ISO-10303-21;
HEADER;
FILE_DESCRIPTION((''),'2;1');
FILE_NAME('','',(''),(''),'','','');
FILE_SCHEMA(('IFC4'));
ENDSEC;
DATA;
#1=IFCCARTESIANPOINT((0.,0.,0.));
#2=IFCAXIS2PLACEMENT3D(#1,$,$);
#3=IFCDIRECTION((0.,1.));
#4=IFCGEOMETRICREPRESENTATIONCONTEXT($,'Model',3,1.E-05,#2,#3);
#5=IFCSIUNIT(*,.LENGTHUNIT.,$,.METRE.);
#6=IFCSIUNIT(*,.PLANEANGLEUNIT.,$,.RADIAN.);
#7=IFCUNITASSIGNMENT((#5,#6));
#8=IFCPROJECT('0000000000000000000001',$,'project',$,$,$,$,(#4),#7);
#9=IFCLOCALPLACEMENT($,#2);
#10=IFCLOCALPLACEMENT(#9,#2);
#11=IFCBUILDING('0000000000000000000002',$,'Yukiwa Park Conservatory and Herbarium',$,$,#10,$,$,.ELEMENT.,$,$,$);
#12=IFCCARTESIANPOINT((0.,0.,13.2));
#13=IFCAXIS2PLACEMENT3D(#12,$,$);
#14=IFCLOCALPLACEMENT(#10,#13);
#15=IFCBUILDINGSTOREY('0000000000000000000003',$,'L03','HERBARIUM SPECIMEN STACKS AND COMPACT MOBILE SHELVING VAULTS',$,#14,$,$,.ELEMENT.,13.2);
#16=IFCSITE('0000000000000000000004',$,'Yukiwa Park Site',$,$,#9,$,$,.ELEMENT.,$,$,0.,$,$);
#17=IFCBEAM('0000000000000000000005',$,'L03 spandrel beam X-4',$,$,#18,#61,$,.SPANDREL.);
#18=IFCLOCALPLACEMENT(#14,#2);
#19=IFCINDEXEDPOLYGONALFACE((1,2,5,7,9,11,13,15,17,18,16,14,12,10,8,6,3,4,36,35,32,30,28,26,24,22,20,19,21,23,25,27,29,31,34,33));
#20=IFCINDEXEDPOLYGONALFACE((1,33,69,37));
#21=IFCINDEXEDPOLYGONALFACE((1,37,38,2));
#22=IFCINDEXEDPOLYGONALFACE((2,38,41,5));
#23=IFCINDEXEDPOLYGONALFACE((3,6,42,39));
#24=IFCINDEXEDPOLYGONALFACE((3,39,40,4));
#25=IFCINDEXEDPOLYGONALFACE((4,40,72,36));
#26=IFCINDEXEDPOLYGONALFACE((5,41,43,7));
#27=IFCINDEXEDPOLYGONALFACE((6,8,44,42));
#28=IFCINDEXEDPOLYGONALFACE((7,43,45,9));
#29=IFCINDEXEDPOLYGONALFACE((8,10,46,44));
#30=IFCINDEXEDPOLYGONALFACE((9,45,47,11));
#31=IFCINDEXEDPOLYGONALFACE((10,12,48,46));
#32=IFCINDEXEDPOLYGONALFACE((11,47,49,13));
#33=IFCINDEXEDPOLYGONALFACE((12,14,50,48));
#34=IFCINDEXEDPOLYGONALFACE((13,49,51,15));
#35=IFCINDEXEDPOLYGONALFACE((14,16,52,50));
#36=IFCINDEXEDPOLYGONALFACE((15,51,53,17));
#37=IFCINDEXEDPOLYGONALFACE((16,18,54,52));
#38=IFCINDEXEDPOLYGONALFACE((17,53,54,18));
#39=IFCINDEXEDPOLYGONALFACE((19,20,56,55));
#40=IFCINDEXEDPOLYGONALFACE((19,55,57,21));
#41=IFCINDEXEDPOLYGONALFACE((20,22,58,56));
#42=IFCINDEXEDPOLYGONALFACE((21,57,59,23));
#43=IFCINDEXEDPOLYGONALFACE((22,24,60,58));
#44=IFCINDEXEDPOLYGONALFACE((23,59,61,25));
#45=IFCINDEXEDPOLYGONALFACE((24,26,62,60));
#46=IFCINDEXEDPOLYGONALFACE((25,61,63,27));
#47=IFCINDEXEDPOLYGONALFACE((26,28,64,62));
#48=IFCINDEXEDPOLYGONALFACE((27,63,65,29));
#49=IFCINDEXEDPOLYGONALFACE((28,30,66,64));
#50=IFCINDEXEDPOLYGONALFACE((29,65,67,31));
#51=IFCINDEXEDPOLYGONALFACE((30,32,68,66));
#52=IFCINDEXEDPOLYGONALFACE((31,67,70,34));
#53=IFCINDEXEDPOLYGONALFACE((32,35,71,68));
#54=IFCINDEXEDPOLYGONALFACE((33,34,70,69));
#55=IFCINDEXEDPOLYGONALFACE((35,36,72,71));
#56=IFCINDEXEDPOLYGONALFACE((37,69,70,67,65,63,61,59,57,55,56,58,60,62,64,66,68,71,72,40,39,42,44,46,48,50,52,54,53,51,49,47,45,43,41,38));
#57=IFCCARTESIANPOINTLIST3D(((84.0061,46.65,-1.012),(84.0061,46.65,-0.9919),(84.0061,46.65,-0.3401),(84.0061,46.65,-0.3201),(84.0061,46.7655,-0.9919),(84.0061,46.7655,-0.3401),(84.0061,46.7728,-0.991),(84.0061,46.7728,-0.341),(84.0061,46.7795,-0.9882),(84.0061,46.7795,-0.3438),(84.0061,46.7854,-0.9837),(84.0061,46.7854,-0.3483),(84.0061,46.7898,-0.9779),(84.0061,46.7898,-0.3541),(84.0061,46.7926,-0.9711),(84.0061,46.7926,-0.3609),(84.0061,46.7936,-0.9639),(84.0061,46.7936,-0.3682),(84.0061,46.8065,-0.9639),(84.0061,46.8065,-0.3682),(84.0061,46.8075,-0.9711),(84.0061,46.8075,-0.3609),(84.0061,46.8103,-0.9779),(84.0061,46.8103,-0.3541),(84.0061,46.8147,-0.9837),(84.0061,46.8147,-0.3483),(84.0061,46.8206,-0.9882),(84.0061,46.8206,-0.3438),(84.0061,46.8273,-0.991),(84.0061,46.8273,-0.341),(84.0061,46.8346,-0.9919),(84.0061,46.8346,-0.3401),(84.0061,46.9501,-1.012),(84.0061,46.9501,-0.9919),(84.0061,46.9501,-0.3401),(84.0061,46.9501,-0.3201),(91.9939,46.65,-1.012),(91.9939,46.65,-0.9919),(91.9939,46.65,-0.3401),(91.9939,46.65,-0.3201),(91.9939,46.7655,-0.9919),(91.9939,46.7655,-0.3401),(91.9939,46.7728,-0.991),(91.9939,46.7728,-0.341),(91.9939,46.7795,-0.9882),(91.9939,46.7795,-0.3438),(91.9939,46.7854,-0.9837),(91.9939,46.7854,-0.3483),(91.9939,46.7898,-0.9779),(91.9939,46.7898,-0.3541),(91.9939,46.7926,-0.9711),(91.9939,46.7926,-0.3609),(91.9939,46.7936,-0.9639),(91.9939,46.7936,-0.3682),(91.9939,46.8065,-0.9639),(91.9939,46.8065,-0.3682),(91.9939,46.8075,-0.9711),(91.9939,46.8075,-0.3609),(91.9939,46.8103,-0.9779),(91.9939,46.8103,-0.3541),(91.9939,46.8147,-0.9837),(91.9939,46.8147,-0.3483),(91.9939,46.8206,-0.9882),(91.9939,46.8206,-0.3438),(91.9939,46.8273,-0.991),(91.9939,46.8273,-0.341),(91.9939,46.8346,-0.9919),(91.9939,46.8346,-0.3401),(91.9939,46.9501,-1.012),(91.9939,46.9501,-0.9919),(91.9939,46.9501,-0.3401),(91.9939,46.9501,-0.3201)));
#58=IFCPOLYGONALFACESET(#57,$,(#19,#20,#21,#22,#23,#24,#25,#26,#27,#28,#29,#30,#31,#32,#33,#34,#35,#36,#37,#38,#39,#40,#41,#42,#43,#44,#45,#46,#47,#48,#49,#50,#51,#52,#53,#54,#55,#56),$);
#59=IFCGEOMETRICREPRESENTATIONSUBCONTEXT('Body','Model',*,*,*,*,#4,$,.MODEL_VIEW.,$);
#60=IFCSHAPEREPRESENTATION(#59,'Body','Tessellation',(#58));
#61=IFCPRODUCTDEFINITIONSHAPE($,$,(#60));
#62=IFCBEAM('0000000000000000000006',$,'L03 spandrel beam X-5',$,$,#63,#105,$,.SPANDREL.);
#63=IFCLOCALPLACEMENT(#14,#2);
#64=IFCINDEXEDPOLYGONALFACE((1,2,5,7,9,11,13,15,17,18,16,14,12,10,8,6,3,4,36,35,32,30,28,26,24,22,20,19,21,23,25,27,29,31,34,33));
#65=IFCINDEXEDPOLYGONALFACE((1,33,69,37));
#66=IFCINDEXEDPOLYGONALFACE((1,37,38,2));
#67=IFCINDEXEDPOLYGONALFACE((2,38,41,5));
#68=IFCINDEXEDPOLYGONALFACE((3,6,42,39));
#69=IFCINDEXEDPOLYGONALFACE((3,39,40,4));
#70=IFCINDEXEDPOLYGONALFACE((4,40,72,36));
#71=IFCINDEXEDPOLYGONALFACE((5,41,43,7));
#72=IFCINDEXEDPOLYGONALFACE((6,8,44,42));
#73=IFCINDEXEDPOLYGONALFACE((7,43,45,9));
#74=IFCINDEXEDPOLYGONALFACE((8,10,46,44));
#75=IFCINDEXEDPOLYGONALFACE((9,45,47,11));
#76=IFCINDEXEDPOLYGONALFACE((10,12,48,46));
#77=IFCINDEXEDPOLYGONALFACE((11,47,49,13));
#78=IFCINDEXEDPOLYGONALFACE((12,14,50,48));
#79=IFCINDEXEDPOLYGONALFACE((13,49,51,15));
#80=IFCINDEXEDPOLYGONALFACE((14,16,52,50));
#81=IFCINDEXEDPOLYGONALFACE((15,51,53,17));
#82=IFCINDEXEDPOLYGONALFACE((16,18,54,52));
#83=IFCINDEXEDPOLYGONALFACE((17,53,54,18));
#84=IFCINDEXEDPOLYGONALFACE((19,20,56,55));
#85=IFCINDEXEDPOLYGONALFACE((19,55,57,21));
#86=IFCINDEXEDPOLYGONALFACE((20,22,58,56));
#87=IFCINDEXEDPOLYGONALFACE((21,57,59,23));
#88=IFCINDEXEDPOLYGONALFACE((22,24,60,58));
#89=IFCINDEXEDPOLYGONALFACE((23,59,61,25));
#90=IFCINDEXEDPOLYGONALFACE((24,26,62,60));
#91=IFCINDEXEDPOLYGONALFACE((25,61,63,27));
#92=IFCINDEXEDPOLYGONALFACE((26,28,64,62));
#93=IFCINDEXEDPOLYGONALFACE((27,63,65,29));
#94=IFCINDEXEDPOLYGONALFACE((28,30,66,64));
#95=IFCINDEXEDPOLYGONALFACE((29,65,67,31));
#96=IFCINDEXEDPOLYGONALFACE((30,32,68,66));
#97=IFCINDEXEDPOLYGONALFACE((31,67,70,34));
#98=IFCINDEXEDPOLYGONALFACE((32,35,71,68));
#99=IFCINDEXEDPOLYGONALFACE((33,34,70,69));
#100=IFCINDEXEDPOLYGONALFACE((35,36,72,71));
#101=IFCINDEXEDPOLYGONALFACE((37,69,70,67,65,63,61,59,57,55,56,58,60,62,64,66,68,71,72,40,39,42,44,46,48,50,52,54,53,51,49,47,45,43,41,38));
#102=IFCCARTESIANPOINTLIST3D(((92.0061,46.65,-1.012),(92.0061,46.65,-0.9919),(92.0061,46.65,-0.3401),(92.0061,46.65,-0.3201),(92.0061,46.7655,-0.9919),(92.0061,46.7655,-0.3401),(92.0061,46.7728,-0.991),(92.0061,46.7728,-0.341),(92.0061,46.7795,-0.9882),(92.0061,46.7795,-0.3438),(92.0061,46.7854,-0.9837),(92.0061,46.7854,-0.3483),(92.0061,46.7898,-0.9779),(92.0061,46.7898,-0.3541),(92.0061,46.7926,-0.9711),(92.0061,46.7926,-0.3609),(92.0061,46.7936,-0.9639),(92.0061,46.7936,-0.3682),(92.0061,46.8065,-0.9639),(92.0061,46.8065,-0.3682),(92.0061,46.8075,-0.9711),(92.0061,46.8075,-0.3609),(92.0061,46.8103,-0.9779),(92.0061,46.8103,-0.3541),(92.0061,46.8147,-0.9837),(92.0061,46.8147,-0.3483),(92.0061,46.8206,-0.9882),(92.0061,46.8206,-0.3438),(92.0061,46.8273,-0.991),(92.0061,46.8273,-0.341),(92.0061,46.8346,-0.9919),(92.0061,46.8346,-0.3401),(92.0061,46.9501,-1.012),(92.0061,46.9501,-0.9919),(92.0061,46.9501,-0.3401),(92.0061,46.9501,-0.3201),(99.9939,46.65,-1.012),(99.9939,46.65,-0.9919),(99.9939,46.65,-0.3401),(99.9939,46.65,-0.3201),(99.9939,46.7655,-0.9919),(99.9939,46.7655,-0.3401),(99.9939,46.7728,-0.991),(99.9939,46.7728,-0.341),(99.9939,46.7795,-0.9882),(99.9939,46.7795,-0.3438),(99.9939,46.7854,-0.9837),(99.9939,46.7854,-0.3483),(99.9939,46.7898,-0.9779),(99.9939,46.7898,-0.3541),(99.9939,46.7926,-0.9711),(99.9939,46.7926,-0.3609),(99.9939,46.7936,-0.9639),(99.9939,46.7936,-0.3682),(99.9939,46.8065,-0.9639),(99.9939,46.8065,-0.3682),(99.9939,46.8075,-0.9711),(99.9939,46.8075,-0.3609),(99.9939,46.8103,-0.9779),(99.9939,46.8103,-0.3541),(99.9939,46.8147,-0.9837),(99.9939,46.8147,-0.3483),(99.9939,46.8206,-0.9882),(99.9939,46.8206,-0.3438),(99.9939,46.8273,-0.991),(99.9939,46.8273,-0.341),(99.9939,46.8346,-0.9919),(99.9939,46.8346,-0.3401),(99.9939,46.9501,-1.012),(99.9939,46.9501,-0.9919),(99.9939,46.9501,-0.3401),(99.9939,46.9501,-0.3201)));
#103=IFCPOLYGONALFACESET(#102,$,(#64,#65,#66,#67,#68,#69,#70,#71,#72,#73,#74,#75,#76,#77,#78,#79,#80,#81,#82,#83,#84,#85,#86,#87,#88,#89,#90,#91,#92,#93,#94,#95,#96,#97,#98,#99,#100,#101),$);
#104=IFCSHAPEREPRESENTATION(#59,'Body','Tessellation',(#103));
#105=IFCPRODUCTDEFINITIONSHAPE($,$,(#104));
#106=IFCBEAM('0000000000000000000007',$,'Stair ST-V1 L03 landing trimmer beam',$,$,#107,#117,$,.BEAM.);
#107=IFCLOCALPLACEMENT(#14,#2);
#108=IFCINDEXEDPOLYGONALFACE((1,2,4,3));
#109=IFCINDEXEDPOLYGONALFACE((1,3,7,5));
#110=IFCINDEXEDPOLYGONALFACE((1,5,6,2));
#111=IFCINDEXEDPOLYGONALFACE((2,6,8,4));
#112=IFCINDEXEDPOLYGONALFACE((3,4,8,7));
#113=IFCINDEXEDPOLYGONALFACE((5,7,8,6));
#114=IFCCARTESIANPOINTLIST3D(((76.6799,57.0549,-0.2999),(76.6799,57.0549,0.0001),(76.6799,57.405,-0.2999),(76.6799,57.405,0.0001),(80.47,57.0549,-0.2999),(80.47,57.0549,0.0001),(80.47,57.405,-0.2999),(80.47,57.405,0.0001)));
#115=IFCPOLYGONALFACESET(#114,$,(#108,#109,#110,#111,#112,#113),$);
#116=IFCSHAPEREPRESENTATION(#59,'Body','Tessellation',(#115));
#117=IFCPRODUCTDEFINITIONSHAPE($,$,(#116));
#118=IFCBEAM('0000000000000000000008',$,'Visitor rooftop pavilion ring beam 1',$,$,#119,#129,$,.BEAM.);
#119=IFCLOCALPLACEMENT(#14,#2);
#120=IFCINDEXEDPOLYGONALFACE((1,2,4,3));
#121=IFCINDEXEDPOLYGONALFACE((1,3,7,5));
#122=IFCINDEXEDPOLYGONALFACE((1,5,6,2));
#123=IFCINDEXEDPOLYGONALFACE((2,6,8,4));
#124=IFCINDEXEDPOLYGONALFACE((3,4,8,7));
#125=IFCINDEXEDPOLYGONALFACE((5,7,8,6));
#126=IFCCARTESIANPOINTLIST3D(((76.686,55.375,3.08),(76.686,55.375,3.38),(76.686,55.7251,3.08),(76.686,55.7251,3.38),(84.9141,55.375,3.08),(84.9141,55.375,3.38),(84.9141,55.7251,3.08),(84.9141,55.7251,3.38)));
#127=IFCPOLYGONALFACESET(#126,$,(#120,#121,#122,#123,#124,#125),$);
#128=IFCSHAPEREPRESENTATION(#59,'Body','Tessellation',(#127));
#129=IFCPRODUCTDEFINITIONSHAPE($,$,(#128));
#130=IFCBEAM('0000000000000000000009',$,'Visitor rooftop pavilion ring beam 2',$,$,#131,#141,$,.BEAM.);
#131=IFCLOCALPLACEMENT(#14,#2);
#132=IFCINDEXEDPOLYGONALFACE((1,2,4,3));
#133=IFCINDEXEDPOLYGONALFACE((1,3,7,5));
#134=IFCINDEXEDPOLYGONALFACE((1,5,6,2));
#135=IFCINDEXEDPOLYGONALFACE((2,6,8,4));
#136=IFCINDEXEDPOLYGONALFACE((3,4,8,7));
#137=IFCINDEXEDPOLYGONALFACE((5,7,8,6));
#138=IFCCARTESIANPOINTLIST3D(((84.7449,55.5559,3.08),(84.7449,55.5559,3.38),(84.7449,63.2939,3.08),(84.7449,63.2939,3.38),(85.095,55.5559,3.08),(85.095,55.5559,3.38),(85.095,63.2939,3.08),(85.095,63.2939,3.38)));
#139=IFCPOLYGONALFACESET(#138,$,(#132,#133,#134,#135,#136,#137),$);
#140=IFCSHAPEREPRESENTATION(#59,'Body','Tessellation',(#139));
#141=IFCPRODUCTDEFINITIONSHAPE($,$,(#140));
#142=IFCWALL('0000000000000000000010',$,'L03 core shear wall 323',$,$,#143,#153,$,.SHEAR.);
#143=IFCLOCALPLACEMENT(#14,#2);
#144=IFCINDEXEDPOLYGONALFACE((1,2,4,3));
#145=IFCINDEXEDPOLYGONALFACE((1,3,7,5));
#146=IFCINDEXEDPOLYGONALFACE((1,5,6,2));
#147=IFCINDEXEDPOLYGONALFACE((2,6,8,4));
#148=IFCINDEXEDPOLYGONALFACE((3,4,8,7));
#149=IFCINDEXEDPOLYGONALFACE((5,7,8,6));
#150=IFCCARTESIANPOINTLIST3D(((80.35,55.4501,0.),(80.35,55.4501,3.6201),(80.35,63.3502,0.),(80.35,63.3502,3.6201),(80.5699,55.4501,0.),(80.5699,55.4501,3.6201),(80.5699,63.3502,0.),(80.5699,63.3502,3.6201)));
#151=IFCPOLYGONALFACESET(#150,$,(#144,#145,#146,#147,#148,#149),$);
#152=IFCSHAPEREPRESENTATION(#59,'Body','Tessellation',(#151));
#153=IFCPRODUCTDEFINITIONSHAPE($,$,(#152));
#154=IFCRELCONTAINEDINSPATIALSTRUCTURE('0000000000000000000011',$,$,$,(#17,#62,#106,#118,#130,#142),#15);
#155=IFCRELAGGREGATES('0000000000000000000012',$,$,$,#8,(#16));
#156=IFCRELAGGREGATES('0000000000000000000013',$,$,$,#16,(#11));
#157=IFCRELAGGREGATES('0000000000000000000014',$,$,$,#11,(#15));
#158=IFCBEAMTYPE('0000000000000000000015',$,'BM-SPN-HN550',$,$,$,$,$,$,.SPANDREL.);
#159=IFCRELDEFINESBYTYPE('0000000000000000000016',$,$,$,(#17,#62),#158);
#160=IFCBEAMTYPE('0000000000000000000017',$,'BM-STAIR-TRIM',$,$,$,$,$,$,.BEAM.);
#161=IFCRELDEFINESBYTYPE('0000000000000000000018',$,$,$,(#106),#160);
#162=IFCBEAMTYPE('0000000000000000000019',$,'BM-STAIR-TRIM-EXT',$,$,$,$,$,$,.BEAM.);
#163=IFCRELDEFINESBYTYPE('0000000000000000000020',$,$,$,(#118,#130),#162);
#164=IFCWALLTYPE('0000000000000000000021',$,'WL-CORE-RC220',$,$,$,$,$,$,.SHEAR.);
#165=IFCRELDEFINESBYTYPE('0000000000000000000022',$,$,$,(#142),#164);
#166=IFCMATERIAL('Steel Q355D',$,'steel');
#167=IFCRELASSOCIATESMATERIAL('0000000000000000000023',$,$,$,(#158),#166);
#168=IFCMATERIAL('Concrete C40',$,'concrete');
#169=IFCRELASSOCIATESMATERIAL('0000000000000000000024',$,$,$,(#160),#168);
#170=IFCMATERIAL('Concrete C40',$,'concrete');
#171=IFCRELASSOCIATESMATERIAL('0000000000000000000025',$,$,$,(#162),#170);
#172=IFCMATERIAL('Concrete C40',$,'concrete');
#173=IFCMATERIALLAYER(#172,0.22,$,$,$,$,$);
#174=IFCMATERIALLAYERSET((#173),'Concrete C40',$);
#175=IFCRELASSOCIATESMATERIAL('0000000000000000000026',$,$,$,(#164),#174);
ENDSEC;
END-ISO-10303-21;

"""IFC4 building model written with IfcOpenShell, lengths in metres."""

from ifc_helpers import new_model, si_unit, direction, frame, frame_2d, origin, origin_2d, place, context, subcontext, project, spatial, rectangle, i_section, extrude, material, layer, layer_set, material_profile, profile_set, type_object, element, save


model = new_model("IFC4")

# Units and contexts
model_context = context("Model", 3, precision=1e-05, world=origin(), true_north=direction((0.0, 1.0)))
body_context = subcontext(model_context, "Body", "Model", "MODEL_VIEW")
ifc_project = project(units=[si_unit("LENGTHUNIT", "METRE"), si_unit("PLANEANGLEUNIT", "RADIAN")], contexts=[model_context])

# Site, building, storey
site_placement = place(None, origin())
site = spatial("IfcSite", under=ifc_project, at=site_placement, Name="Yukiwa Park Site", CompositionType="ELEMENT", RefElevation=0.0)
building_placement = place(site_placement, origin())
building = spatial("IfcBuilding", under=site, at=building_placement, Name="Yukiwa Park Conservatory and Herbarium", CompositionType="ELEMENT")
storey_placement = place(building_placement, frame((0.0, 0.0, 13.2)))
storey = spatial("IfcBuildingStorey", under=building, at=storey_placement, Name="L03", Description="HERBARIUM SPECIMEN STACKS AND COMPACT MOBILE SHELVING VAULTS", CompositionType="ELEMENT", Elevation=13.2)

# Beams
ifc_material_1 = material(Name="Steel Q355D", Category="steel")
ifc_material_profile_1 = material_profile(ifc_material_1, i_section(OverallWidth=0.3, OverallDepth=0.6919, WebThickness=0.0129, FlangeThickness=0.02, FilletRadius=0.0281, at=origin_2d()), Name="HN 692x300x13x20")
ifc_profile_set_1 = profile_set([ifc_material_profile_1], Name="Steel Q355D")
beam_type_1 = type_object("IfcBeamType", Name="BM-SPN-HN550", PredefinedType="SPANDREL", material=ifc_profile_set_1)
for number, where, z_axis, x_axis, name in (
    (1, (84.0061, 46.8, -0.666), (1.0, 0.0, 0.0), (0.0, 1.0, 0.0), "L03 spandrel beam X-4"),
    (2, (92.0061, 46.8, -0.666), (1.0, 0.0, 0.0), (0.0, 1.0, 0.0), "L03 spandrel beam X-5"),
):
    element("IfcBeam", number, at=place(storey_placement, frame(where, z_axis=z_axis, x_axis=x_axis)), inside=storey, type_object=beam_type_1, Name=name, PredefinedType="SPANDREL", context=body_context, shape_type="SweptSolid", body=[
        extrude(i_section(OverallWidth=0.3, OverallDepth=0.6919, WebThickness=0.0129, FlangeThickness=0.02, FilletRadius=0.0281, at=origin_2d()), origin(), (0.0, 0.0, 1.0), 7.9878),
    ])
ifc_material_2 = material(Name="Concrete C40", Category="concrete")
ifc_material_profile_2 = material_profile(ifc_material_2, rectangle(XDim=0.3501, YDim=0.3, at=origin_2d()), Name="RC 350x300")
ifc_profile_set_2 = profile_set([ifc_material_profile_2], Name="Concrete C40")
beam_type_2 = type_object("IfcBeamType", Name="BM-STAIR-TRIM", PredefinedType="BEAM", material=ifc_profile_set_2)
beam_1_placement = place(storey_placement, frame((76.6799, 57.23, -0.1499), z_axis=(1.0, 0.0, 0.0), x_axis=(0.0, 1.0, 0.0)))
element("IfcBeam", 3, at=beam_1_placement, inside=storey, type_object=beam_type_2, Name="Stair ST-V1 L03 landing trimmer beam", PredefinedType="BEAM", context=body_context, shape_type="SweptSolid", body=[
    extrude(rectangle(XDim=0.3501, YDim=0.3, at=origin_2d()), origin(), (0.0, 0.0, 1.0), 3.79),
])
ifc_material_3 = material(Name="Concrete C40", Category="concrete")
ifc_material_profile_3 = material_profile(ifc_material_3, rectangle(XDim=0.3501, YDim=0.3, at=origin_2d()), Name="RC 350x300")
ifc_profile_set_3 = profile_set([ifc_material_profile_3], Name="Concrete C40")
beam_type_3 = type_object("IfcBeamType", Name="BM-STAIR-TRIM-EXT", PredefinedType="BEAM", material=ifc_profile_set_3)
beam_2_placement = place(storey_placement, frame((76.686, 55.55, 3.23), z_axis=(1.0, 0.0, 0.0), x_axis=(0.0, 1.0, 0.0)))
element("IfcBeam", 4, at=beam_2_placement, inside=storey, type_object=beam_type_3, Name="Visitor rooftop pavilion ring beam 1", PredefinedType="BEAM", context=body_context, shape_type="SweptSolid", body=[
    extrude(rectangle(XDim=0.3501, YDim=0.3, at=origin_2d()), origin(), (0.0, 0.0, 1.0), 8.228),
])
beam_3_placement = place(storey_placement, frame((84.9199, 55.5559, 3.23), z_axis=(0.0, 1.0, 0.0), x_axis=(-1.0, 0.0, 0.0)))
element("IfcBeam", 5, at=beam_3_placement, inside=storey, type_object=beam_type_3, Name="Visitor rooftop pavilion ring beam 2", PredefinedType="BEAM", context=body_context, shape_type="SweptSolid", body=[
    extrude(rectangle(XDim=0.3501, YDim=0.3, at=origin_2d()), origin(), (0.0, 0.0, 1.0), 7.738),
])

# Wall
ifc_material_4 = material(Name="Concrete C40", Category="concrete")
ifc_layer_1 = layer(ifc_material_4, 0.22)
ifc_layer_set_1 = layer_set([ifc_layer_1], Name="Concrete C40")
wall_type_1 = type_object("IfcWallType", Name="WL-CORE-RC220", PredefinedType="SHEAR", material=ifc_layer_set_1)
wall_1_placement = place(storey_placement, frame((80.46, 55.45, 0.0), z_axis=(0.0, 0.0, 1.0), x_axis=(0.0, 1.0, 0.0)))
element("IfcWall", 6, at=wall_1_placement, inside=storey, type_object=wall_type_1, Name="L03 core shear wall 323", PredefinedType="SHEAR", context=body_context, shape_type="SweptSolid", body=[
    extrude(rectangle(XDim=7.9001, YDim=0.22, at=frame_2d((3.9502, 0.0))), origin(), (0.0, 0.0, 1.0), 3.6201),
])

save(model, "model.ifc")
